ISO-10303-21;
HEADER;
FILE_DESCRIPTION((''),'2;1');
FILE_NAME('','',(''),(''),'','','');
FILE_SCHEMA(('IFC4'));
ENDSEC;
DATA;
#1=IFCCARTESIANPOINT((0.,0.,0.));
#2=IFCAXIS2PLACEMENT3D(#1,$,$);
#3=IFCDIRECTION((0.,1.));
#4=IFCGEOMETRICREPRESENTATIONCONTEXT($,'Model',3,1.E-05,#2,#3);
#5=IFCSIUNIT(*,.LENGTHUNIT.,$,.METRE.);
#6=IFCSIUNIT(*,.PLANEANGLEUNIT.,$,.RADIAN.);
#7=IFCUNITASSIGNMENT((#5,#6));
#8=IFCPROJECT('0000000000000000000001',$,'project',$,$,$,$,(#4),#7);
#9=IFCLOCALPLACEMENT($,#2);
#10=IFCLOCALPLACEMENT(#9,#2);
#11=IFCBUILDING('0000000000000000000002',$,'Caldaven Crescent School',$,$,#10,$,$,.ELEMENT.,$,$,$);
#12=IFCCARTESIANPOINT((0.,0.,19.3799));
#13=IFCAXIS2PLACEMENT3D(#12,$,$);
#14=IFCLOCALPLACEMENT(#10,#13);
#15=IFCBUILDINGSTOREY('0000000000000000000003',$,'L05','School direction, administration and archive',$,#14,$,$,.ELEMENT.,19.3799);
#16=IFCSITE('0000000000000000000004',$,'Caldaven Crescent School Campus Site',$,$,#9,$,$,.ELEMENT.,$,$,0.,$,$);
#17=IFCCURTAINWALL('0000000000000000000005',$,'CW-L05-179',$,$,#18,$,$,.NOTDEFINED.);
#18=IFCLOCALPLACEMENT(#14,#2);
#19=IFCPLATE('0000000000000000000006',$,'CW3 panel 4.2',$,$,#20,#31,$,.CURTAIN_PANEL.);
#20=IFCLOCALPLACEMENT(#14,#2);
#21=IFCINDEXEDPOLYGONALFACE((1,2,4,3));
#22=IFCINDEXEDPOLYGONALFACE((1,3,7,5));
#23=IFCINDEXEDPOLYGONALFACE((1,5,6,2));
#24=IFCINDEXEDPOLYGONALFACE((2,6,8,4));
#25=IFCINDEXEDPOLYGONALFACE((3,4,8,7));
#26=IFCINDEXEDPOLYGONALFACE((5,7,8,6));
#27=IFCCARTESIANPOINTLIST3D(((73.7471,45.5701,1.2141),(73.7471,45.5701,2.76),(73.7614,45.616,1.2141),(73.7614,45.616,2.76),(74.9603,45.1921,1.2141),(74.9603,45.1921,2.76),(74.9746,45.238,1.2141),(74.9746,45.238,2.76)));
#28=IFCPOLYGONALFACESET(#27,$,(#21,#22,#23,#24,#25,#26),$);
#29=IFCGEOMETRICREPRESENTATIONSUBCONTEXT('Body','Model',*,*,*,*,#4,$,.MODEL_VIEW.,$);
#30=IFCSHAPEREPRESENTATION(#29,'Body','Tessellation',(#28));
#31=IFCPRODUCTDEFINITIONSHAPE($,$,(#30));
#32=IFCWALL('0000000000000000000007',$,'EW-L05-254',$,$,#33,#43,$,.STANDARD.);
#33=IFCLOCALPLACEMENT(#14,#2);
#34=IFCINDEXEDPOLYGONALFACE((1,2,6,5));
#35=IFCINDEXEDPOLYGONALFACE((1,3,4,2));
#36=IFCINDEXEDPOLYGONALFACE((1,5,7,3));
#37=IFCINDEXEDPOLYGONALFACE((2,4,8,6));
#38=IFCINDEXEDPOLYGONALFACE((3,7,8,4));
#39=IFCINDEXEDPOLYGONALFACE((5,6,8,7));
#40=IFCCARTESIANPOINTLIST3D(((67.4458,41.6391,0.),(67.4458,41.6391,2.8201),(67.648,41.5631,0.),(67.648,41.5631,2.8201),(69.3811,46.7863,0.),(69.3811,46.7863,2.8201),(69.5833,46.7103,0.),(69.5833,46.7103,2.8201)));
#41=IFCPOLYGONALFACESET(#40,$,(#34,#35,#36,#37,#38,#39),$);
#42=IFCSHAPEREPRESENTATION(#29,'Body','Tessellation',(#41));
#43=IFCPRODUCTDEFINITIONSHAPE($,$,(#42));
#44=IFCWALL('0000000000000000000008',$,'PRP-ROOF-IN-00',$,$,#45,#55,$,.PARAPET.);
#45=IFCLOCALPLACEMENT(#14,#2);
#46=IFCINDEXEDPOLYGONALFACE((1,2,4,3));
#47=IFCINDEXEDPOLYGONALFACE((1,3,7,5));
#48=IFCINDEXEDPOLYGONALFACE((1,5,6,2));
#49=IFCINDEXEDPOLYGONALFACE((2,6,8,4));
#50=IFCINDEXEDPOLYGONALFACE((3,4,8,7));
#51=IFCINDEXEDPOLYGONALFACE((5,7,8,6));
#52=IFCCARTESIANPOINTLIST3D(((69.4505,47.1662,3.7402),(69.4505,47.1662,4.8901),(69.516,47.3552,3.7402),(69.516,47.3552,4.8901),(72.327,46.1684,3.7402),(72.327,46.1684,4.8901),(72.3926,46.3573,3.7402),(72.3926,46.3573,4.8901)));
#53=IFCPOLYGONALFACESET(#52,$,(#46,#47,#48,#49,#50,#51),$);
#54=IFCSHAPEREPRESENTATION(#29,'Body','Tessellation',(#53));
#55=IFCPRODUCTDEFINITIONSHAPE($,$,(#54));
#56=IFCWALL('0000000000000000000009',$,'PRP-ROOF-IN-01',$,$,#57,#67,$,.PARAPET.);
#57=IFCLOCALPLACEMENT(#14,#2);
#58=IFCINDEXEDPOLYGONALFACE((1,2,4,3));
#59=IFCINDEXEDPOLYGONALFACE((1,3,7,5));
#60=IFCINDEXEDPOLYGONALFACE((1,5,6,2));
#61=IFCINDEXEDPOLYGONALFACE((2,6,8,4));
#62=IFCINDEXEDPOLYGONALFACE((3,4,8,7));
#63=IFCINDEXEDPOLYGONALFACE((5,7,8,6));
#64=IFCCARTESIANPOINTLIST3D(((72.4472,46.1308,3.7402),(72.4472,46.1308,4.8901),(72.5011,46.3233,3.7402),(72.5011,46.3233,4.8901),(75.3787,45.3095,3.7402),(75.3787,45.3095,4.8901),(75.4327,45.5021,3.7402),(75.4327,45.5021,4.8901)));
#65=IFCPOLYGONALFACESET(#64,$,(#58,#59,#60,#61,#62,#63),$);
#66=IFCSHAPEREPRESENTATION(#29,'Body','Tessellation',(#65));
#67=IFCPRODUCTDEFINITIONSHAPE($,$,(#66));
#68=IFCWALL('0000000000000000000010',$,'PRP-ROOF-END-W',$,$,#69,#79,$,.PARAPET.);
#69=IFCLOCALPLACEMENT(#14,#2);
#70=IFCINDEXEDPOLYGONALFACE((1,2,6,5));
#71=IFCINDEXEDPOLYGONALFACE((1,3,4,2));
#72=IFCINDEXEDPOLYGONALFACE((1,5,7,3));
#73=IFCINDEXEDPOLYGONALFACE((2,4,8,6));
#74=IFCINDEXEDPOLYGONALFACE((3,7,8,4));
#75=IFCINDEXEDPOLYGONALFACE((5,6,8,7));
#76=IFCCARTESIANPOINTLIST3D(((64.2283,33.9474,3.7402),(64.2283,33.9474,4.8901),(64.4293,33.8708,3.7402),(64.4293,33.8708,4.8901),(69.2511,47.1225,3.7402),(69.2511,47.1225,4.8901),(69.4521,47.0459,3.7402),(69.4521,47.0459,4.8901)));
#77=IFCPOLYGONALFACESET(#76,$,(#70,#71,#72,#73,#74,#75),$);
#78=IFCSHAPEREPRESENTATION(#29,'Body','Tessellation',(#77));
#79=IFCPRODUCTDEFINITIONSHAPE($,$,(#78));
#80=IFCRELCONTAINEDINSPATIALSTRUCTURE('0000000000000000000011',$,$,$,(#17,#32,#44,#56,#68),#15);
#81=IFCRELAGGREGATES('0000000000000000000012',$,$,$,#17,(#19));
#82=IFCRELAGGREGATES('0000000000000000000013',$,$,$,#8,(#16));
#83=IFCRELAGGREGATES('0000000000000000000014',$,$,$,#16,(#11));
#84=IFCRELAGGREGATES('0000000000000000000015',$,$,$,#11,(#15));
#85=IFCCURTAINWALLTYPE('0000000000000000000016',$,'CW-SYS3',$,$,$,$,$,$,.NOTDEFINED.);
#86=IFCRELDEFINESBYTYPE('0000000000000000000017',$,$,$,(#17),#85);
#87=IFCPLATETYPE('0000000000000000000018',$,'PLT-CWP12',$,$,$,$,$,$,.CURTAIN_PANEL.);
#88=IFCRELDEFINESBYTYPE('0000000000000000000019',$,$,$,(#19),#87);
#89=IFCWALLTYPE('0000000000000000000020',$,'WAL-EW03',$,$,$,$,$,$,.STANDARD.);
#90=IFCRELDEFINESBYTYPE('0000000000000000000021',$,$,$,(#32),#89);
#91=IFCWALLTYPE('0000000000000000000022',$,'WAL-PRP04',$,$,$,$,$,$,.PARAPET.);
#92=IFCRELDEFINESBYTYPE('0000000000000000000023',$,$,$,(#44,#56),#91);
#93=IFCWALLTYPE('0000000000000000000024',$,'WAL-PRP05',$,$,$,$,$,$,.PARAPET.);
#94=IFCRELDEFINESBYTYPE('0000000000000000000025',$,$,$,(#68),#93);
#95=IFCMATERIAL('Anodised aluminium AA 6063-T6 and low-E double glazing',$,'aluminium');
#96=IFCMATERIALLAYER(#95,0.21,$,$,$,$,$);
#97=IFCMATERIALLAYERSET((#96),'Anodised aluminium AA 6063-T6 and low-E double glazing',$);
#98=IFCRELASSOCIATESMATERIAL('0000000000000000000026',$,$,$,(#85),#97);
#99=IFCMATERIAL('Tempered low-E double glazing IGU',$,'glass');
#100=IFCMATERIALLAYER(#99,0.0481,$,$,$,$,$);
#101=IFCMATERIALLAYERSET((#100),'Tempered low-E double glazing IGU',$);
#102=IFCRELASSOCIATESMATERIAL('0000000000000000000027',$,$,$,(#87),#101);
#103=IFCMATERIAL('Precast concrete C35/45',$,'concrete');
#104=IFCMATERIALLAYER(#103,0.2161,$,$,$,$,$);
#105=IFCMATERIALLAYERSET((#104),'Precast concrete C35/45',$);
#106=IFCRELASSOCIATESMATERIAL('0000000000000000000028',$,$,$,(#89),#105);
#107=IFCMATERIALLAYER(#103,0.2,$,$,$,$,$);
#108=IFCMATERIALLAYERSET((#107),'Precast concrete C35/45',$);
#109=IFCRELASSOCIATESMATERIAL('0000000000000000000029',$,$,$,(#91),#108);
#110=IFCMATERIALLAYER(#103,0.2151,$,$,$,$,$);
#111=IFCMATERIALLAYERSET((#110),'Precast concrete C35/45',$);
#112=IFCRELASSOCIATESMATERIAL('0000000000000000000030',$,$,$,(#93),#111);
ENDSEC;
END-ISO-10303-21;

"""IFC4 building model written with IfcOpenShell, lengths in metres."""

from ifc_helpers import new_model, si_unit, direction, frame, frame_2d, origin, origin_2d, place, context, subcontext, project, spatial, rectangle, extrude, material, layer, layer_set, type_object, element, aggregate, save


model = new_model("IFC4")

# Units and contexts
model_context = context("Model", 3, precision=1e-05, world=origin(), true_north=direction((0.0, 1.0)))
body_context = subcontext(model_context, "Body", "Model", "MODEL_VIEW")
ifc_project = project(units=[si_unit("LENGTHUNIT", "METRE"), si_unit("PLANEANGLEUNIT", "RADIAN")], contexts=[model_context])

# Site, building, storey
site_placement = place(None, origin())
site = spatial("IfcSite", under=ifc_project, at=site_placement, Name="Caldaven Crescent School Campus Site", CompositionType="ELEMENT", RefElevation=0.0)
building_placement = place(site_placement, origin())
building = spatial("IfcBuilding", under=site, at=building_placement, Name="Caldaven Crescent School", CompositionType="ELEMENT")
storey_placement = place(building_placement, frame((0.0, 0.0, 19.3799)))
storey = spatial("IfcBuildingStorey", under=building, at=storey_placement, Name="L05", Description="School direction, administration and archive", CompositionType="ELEMENT", Elevation=19.3799)

# Curtain wall
ifc_material_1 = material(Name="Anodised aluminium AA 6063-T6 and low-E double glazing", Category="aluminium")
ifc_layer_1 = layer(ifc_material_1, 0.21)
ifc_layer_set_1 = layer_set([ifc_layer_1], Name="Anodised aluminium AA 6063-T6 and low-E double glazing")
curtain_wall_type = type_object("IfcCurtainWallType", Name="CW-SYS3", PredefinedType="NOTDEFINED", material=ifc_layer_set_1)
curtain_wall_placement = place(storey_placement, origin())
curtain_wall = element("IfcCurtainWall", 1, at=curtain_wall_placement, inside=storey, type_object=curtain_wall_type, Name="CW-L05-179", PredefinedType="NOTDEFINED")

# Plate
ifc_material_2 = material(Name="Tempered low-E double glazing IGU", Category="glass")
ifc_layer_2 = layer(ifc_material_2, 0.0481)
ifc_layer_set_2 = layer_set([ifc_layer_2], Name="Tempered low-E double glazing IGU")
plate_type = type_object("IfcPlateType", Name="PLT-CWP12", PredefinedType="CURTAIN_PANEL", material=ifc_layer_set_2)
plate_1_placement = place(storey_placement, frame((74.3608, 45.4041, 1.2141), z_axis=(0.0, 0.0, 1.0), x_axis=(0.954747, -0.29742, 0.0)))
plate_1 = element("IfcPlate", 2, at=plate_1_placement, type_object=plate_type, Name="CW3 panel 4.2", PredefinedType="CURTAIN_PANEL", context=body_context, shape_type="SweptSolid", body=[
    extrude(rectangle(XDim=1.2708, YDim=0.0481, at=origin_2d()), origin(), (0.0, 0.0, 1.0), 1.5459),
])
aggregate(curtain_wall, [plate_1])

# Walls
ifc_material_3 = material(Name="Precast concrete C35/45", Category="concrete")
ifc_layer_3 = layer(ifc_material_3, 0.2161)
ifc_layer_set_3 = layer_set([ifc_layer_3], Name="Precast concrete C35/45")
wall_type_1 = type_object("IfcWallType", Name="WAL-EW03", PredefinedType="STANDARD", material=ifc_layer_set_3)
wall_1_placement = place(storey_placement, frame((69.4822, 46.7483, 0.0), z_axis=(0.0, 0.0, 1.0), x_axis=(-0.351936, -0.936024, 0.0)))
element("IfcWall", 3, at=wall_1_placement, inside=storey, type_object=wall_type_1, Name="EW-L05-254", PredefinedType="STANDARD", context=body_context, shape_type="SweptSolid", body=[
    extrude(rectangle(XDim=5.499, YDim=0.2161, at=frame_2d((2.7495, 0.0))), origin(), (0.0, 0.0, 1.0), 2.8201),
])
ifc_layer_4 = layer(ifc_material_3, 0.2)
ifc_layer_set_4 = layer_set([ifc_layer_4], Name="Precast concrete C35/45")
wall_type_2 = type_object("IfcWallType", Name="WAL-PRP04", PredefinedType="PARAPET", material=ifc_layer_set_4)
wall_2_placement = place(storey_placement, frame((69.4832, 47.2607, 3.7402), z_axis=(0.0, 0.0, 1.0), x_axis=(0.944772, -0.327727, 0.0)))
element("IfcWall", 4, at=wall_2_placement, inside=storey, type_object=wall_type_2, Name="PRP-ROOF-IN-00", PredefinedType="PARAPET", context=body_context, shape_type="SweptSolid", body=[
    extrude(rectangle(XDim=3.0447, YDim=0.2, at=frame_2d((1.5225, 0.0))), origin(), (0.0, 0.0, 1.0), 1.1499),
])
wall_3_placement = place(storey_placement, frame((72.4741, 46.2271, 3.7402), z_axis=(0.0, 0.0, 1.0), x_axis=(0.962927, -0.269761, 0.0)))
element("IfcWall", 5, at=wall_3_placement, inside=storey, type_object=wall_type_2, Name="PRP-ROOF-IN-01", PredefinedType="PARAPET", context=body_context, shape_type="SweptSolid", body=[
    extrude(rectangle(XDim=3.0444, YDim=0.2, at=frame_2d((1.5222, 0.0))), origin(), (0.0, 0.0, 1.0), 1.1499),
])
ifc_layer_5 = layer(ifc_material_3, 0.2151)
ifc_layer_set_5 = layer_set([ifc_layer_5], Name="Precast concrete C35/45")
wall_type_3 = type_object("IfcWallType", Name="WAL-PRP05", PredefinedType="PARAPET", material=ifc_layer_set_5)
wall_4_placement = place(storey_placement, frame((69.3516, 47.0842, 3.7402), z_axis=(0.0, 0.0, 1.0), x_axis=(-0.356221, -0.934402, 0.0)))
element("IfcWall", 6, at=wall_4_placement, inside=storey, type_object=wall_type_3, Name="PRP-ROOF-END-W", PredefinedType="PARAPET", context=body_context, shape_type="SweptSolid", body=[
    extrude(rectangle(XDim=14.1001, YDim=0.2151, at=frame_2d((7.05, 0.0))), origin(), (0.0, 0.0, 1.0), 1.1499),
])

save(model, "model.ifc")
